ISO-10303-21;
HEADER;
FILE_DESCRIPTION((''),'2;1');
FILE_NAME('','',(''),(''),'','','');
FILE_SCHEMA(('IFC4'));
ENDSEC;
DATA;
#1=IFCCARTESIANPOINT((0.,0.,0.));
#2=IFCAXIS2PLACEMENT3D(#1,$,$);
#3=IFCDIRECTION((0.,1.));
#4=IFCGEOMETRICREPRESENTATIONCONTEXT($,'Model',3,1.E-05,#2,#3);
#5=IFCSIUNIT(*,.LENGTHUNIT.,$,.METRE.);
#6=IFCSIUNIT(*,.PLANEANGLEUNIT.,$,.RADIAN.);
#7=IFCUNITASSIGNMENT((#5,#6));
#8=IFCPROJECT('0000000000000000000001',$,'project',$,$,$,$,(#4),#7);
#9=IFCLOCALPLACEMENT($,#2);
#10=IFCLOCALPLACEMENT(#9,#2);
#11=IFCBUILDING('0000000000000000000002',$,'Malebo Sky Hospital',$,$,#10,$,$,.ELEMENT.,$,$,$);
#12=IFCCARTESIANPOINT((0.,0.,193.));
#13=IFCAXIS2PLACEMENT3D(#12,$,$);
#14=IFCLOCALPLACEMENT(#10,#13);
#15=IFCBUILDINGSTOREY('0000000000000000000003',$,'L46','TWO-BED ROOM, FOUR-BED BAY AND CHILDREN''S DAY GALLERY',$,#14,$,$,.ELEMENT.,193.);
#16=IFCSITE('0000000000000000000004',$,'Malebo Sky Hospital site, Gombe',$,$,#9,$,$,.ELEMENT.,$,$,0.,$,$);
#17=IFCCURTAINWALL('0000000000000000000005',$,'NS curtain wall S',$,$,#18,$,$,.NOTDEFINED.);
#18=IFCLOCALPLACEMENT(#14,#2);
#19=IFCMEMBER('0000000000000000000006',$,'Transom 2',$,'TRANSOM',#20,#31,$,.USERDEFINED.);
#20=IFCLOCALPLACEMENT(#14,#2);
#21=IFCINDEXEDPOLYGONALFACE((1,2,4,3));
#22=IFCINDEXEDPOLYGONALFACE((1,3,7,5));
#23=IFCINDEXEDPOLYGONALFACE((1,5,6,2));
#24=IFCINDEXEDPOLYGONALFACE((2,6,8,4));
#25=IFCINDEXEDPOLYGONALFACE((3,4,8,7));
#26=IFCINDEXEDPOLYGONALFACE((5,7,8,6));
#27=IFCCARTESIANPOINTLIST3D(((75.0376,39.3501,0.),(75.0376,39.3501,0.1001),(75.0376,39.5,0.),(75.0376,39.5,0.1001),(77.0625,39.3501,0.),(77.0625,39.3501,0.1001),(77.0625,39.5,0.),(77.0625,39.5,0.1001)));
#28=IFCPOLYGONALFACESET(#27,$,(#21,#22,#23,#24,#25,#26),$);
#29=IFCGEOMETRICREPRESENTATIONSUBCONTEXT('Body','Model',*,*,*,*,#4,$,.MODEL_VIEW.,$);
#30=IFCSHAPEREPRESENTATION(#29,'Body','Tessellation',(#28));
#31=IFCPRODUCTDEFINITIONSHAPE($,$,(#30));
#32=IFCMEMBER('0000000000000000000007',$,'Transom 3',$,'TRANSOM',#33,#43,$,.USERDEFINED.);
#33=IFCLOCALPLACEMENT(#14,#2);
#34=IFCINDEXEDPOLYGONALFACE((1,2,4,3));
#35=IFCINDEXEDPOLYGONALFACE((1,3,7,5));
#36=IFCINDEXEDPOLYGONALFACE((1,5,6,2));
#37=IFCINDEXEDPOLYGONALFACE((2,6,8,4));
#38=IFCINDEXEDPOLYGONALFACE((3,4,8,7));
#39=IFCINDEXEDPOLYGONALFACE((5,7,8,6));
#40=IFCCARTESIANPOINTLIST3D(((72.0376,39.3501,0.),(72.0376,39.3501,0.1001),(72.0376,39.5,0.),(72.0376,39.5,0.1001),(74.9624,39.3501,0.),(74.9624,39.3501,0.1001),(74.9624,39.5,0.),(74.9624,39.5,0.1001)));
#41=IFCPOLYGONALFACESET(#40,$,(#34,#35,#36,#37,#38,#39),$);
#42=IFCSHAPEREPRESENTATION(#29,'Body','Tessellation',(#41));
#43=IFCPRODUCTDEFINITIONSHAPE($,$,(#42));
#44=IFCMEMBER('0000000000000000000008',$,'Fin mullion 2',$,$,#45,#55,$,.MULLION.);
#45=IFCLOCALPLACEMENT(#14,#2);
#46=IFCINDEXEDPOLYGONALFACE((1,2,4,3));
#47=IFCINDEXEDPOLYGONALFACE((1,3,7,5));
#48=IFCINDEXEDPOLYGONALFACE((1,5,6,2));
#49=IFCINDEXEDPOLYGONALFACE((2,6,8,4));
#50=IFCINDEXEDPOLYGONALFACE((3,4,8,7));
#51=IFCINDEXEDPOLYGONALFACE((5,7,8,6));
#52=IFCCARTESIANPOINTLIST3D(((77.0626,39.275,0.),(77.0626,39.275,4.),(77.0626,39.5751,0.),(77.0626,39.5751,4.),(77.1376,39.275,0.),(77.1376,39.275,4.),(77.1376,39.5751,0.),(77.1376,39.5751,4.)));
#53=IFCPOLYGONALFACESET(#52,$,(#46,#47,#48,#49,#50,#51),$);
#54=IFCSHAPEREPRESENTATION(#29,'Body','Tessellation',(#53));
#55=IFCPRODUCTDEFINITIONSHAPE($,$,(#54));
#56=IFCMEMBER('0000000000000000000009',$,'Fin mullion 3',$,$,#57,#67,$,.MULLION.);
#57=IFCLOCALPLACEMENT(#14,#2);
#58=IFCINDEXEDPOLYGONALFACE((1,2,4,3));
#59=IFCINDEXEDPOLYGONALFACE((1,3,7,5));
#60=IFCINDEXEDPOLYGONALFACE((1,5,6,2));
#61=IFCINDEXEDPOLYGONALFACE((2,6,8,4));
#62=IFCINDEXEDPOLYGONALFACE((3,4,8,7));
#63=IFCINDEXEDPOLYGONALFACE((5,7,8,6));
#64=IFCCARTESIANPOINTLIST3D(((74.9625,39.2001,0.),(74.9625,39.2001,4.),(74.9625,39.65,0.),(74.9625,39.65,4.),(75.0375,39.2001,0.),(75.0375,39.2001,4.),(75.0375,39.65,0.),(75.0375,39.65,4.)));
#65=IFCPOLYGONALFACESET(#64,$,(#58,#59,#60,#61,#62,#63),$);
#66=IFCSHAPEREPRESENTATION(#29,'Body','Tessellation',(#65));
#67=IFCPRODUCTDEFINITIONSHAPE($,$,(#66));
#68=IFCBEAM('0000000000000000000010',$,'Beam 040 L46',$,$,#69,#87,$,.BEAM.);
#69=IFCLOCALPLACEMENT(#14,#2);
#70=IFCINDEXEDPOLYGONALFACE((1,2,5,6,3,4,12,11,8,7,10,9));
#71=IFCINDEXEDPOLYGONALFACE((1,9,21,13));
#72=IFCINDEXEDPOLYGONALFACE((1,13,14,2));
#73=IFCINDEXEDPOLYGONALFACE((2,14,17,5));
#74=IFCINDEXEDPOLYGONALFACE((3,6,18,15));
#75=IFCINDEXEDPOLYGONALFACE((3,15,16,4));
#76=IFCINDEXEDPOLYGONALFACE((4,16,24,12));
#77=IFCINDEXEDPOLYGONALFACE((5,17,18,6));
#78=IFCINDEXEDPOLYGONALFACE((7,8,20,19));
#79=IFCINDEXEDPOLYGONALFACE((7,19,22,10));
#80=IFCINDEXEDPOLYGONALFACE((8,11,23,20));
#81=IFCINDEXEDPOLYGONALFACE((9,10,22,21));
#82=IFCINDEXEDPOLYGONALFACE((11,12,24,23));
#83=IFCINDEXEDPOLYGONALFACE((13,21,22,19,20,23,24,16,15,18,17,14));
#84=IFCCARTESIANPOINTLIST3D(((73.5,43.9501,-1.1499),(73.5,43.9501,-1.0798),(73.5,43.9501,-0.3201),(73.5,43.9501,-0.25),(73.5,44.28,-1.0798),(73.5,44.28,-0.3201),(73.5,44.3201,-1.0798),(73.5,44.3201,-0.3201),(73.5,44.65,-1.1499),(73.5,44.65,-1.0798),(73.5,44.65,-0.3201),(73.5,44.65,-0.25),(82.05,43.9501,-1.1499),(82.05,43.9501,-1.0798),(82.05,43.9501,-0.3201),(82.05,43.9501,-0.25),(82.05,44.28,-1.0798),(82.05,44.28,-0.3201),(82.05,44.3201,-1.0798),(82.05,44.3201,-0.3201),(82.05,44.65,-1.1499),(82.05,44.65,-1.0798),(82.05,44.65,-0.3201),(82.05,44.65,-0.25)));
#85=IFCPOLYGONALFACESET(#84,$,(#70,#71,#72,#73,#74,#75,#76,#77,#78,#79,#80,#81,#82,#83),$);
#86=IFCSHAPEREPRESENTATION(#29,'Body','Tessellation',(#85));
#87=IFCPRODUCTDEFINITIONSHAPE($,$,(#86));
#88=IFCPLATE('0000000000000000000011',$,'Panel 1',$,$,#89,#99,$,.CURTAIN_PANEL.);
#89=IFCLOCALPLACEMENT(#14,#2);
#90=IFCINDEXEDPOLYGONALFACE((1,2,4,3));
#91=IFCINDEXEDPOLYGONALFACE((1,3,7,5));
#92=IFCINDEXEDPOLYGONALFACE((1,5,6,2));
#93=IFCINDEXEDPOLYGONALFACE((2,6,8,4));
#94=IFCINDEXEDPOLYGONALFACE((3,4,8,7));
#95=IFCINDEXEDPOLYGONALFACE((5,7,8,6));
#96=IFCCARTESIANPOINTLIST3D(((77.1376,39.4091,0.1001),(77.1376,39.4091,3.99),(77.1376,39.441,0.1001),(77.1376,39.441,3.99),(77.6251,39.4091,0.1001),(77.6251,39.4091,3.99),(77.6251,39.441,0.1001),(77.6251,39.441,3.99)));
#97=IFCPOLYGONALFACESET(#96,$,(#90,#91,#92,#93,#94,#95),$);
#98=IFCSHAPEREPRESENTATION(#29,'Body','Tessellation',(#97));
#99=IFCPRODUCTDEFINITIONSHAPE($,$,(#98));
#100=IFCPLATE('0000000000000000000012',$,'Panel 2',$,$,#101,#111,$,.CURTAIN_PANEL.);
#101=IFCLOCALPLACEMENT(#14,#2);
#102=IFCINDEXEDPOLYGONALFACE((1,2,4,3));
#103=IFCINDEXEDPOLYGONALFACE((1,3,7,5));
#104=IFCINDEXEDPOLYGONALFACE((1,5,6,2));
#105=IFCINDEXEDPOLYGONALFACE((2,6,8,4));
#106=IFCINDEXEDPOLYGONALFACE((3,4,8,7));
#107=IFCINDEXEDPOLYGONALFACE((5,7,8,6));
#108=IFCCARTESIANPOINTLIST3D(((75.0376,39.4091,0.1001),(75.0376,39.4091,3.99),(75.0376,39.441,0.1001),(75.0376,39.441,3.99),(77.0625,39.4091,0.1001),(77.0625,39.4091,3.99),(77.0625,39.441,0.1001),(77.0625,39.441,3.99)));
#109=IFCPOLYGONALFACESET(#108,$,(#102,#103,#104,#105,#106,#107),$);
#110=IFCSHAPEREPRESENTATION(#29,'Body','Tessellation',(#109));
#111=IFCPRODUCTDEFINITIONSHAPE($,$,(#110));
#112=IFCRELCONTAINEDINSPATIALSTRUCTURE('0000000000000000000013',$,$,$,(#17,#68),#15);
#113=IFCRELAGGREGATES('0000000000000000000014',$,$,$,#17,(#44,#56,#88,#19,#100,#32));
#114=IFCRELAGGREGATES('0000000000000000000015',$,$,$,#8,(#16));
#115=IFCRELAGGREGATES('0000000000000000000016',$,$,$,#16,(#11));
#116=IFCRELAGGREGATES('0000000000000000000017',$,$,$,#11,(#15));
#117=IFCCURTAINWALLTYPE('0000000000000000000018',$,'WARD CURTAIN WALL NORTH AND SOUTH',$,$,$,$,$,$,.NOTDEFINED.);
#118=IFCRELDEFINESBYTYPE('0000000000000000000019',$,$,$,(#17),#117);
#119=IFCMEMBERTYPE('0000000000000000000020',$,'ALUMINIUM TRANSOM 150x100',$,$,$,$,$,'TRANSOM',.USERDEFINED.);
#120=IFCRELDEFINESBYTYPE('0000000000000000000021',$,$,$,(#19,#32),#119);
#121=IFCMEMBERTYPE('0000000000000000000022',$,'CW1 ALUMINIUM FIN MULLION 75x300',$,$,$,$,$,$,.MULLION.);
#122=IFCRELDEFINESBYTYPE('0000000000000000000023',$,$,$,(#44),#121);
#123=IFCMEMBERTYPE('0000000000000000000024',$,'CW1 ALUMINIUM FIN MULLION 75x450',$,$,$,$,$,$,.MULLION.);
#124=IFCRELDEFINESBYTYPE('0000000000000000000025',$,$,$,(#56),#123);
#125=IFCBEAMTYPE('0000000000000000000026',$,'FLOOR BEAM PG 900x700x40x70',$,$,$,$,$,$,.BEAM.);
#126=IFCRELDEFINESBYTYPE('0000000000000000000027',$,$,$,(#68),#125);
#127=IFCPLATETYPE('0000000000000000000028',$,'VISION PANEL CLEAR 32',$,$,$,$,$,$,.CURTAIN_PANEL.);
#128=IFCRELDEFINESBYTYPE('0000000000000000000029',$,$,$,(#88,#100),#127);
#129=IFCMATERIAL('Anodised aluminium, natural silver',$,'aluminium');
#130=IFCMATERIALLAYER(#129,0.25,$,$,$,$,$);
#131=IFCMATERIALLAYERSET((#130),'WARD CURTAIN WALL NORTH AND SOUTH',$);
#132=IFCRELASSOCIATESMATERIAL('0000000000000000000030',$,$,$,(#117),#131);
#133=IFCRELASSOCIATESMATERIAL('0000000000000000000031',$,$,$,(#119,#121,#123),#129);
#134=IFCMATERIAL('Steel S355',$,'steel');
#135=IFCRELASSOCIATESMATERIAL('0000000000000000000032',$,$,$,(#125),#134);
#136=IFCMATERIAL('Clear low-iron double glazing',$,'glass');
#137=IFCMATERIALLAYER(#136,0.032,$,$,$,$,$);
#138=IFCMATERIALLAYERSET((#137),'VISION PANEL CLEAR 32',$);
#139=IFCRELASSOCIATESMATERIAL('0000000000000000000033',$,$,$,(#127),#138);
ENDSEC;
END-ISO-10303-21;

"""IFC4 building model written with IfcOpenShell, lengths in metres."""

from ifc_helpers import new_model, si_unit, direction, frame, origin, origin_2d, place, context, subcontext, project, spatial, rectangle, i_section, extrude, material, layer, layer_set, material_profile, profile_set, type_object, element, aggregate, save


model = new_model("IFC4")

# Units and contexts
model_context = context("Model", 3, precision=1e-05, world=origin(), true_north=direction((0.0, 1.0)))
body_context = subcontext(model_context, "Body", "Model", "MODEL_VIEW")
ifc_project = project(units=[si_unit("LENGTHUNIT", "METRE"), si_unit("PLANEANGLEUNIT", "RADIAN")], contexts=[model_context])

# Site, building, storey
site_placement = place(None, origin())
site = spatial("IfcSite", under=ifc_project, at=site_placement, Name="Malebo Sky Hospital site, Gombe", CompositionType="ELEMENT", RefElevation=0.0)
building_placement = place(site_placement, origin())
building = spatial("IfcBuilding", under=site, at=building_placement, Name="Malebo Sky Hospital", CompositionType="ELEMENT")
storey_placement = place(building_placement, frame((0.0, 0.0, 193.0)))
storey = spatial("IfcBuildingStorey", under=building, at=storey_placement, Name="L46", Description="TWO-BED ROOM, FOUR-BED BAY AND CHILDREN'S DAY GALLERY", CompositionType="ELEMENT", Elevation=193.0)

# Curtain wall, members
ifc_material_1 = material(Name="Anodised aluminium, natural silver", Category="aluminium")
ifc_layer_1 = layer(ifc_material_1, 0.25)
ifc_layer_set_1 = layer_set([ifc_layer_1], Name="WARD CURTAIN WALL NORTH AND SOUTH")
curtain_wall_type = type_object("IfcCurtainWallType", Name="WARD CURTAIN WALL NORTH AND SOUTH", PredefinedType="NOTDEFINED", material=ifc_layer_set_1)
curtain_wall_placement = place(storey_placement, origin())
curtain_wall = element("IfcCurtainWall", 1, at=curtain_wall_placement, inside=storey, type_object=curtain_wall_type, Name="NS curtain wall S", PredefinedType="NOTDEFINED")
ifc_material_profile_1 = material_profile(ifc_material_1, rectangle(XDim=0.1499, YDim=0.1001, at=origin_2d()), Name="ALUMINIUM TRANSOM 150x100")
ifc_profile_set_1 = profile_set([ifc_material_profile_1], Name="Anodised aluminium, natural silver")
member_type_1 = type_object("IfcMemberType", Name="ALUMINIUM TRANSOM 150x100", ElementType="TRANSOM", PredefinedType="USERDEFINED", material=ifc_profile_set_1)
member_1_placement = place(storey_placement, frame((77.0625, 39.425, 0.05), z_axis=(-1.0, 0.0, 0.0), x_axis=(0.0, -1.0, 0.0)))
member_1 = element("IfcMember", 2, at=member_1_placement, type_object=member_type_1, Name="Transom 2", ObjectType="TRANSOM", PredefinedType="USERDEFINED", context=body_context, shape_type="SweptSolid", body=[
    extrude(rectangle(XDim=0.1499, YDim=0.1001, at=origin_2d()), origin(), (0.0, 0.0, 1.0), 2.0249),
])
member_2_placement = place(storey_placement, frame((74.9624, 39.425, 0.05), z_axis=(-1.0, 0.0, 0.0), x_axis=(0.0, -1.0, 0.0)))
member_2 = element("IfcMember", 3, at=member_2_placement, type_object=member_type_1, Name="Transom 3", ObjectType="TRANSOM", PredefinedType="USERDEFINED", context=body_context, shape_type="SweptSolid", body=[
    extrude(rectangle(XDim=0.1499, YDim=0.1001, at=origin_2d()), origin(), (0.0, 0.0, 1.0), 2.9248),
])
ifc_material_profile_2 = material_profile(ifc_material_1, rectangle(XDim=0.075, YDim=0.3, at=origin_2d()), Name="CW1 ALUMINIUM FIN MULLION 75x300")
ifc_profile_set_2 = profile_set([ifc_material_profile_2], Name="Anodised aluminium, natural silver")
member_type_2 = type_object("IfcMemberType", Name="CW1 ALUMINIUM FIN MULLION 75x300", PredefinedType="MULLION", material=ifc_profile_set_2)
member_3_placement = place(storey_placement, frame((77.1001, 39.425, 0.0), z_axis=(0.0, 0.0, 1.0), x_axis=(-1.0, 0.0, 0.0)))
member_3 = element("IfcMember", 4, at=member_3_placement, type_object=member_type_2, Name="Fin mullion 2", PredefinedType="MULLION", context=body_context, shape_type="SweptSolid", body=[
    extrude(rectangle(XDim=0.075, YDim=0.3, at=origin_2d()), origin(), (0.0, 0.0, 1.0), 4.0),
])
ifc_material_profile_3 = material_profile(ifc_material_1, rectangle(XDim=0.075, YDim=0.45, at=origin_2d()), Name="CW1 ALUMINIUM FIN MULLION 75x450")
ifc_profile_set_3 = profile_set([ifc_material_profile_3], Name="Anodised aluminium, natural silver")
member_type_3 = type_object("IfcMemberType", Name="CW1 ALUMINIUM FIN MULLION 75x450", PredefinedType="MULLION", material=ifc_profile_set_3)
member_4_placement = place(storey_placement, frame((75.0, 39.425, 0.0), z_axis=(0.0, 0.0, 1.0), x_axis=(-1.0, 0.0, 0.0)))
member_4 = element("IfcMember", 5, at=member_4_placement, type_object=member_type_3, Name="Fin mullion 3", PredefinedType="MULLION", context=body_context, shape_type="SweptSolid", body=[
    extrude(rectangle(XDim=0.075, YDim=0.45, at=origin_2d()), origin(), (0.0, 0.0, 1.0), 4.0),
])

# Beam
ifc_material_2 = material(Name="Steel S355", Category="steel")
ifc_material_profile_4 = material_profile(ifc_material_2, i_section(OverallWidth=0.7, OverallDepth=0.8999, WebThickness=0.04, FlangeThickness=0.0701, at=origin_2d()), Name="PG 900x700x40x70")
ifc_profile_set_4 = profile_set([ifc_material_profile_4], Name="Steel S355")
beam_type = type_object("IfcBeamType", Name="FLOOR BEAM PG 900x700x40x70", PredefinedType="BEAM", material=ifc_profile_set_4)
beam_placement = place(storey_placement, frame((73.5, 44.3, -0.7), z_axis=(1.0, 0.0, 0.0), x_axis=(0.0, 1.0, 0.0)))
element("IfcBeam", 6, at=beam_placement, inside=storey, type_object=beam_type, Name="Beam 040 L46", PredefinedType="BEAM", context=body_context, shape_type="SweptSolid", body=[
    extrude(i_section(OverallWidth=0.7, OverallDepth=0.8999, WebThickness=0.04, FlangeThickness=0.0701, at=origin_2d()), origin(), (0.0, 0.0, 1.0), 8.55),
])

# Plates
ifc_material_3 = material(Name="Clear low-iron double glazing", Category="glass")
ifc_layer_2 = layer(ifc_material_3, 0.032)
ifc_layer_set_2 = layer_set([ifc_layer_2], Name="VISION PANEL CLEAR 32")
plate_type = type_object("IfcPlateType", Name="VISION PANEL CLEAR 32", PredefinedType="CURTAIN_PANEL", material=ifc_layer_set_2)
plate_1_placement = place(storey_placement, frame((77.3813, 39.425, 0.1001), z_axis=(0.0, 0.0, 1.0), x_axis=(-1.0, 0.0, 0.0)))
plate_1 = element("IfcPlate", 7, at=plate_1_placement, type_object=plate_type, Name="Panel 1", PredefinedType="CURTAIN_PANEL", context=body_context, shape_type="SweptSolid", body=[
    extrude(rectangle(XDim=0.4875, YDim=0.032, at=origin_2d()), origin(), (0.0, 0.0, 1.0), 3.8899),
])
plate_2_placement = place(storey_placement, frame((76.05, 39.425, 0.1001), z_axis=(0.0, 0.0, 1.0), x_axis=(-1.0, 0.0, 0.0)))
plate_2 = element("IfcPlate", 8, at=plate_2_placement, type_object=plate_type, Name="Panel 2", PredefinedType="CURTAIN_PANEL", context=body_context, shape_type="SweptSolid", body=[
    extrude(rectangle(XDim=2.0249, YDim=0.032, at=origin_2d()), origin(), (0.0, 0.0, 1.0), 3.8899),
])
aggregate(curtain_wall, [member_3, member_4, plate_1, member_1, plate_2, member_2])

save(model, "model.ifc")
